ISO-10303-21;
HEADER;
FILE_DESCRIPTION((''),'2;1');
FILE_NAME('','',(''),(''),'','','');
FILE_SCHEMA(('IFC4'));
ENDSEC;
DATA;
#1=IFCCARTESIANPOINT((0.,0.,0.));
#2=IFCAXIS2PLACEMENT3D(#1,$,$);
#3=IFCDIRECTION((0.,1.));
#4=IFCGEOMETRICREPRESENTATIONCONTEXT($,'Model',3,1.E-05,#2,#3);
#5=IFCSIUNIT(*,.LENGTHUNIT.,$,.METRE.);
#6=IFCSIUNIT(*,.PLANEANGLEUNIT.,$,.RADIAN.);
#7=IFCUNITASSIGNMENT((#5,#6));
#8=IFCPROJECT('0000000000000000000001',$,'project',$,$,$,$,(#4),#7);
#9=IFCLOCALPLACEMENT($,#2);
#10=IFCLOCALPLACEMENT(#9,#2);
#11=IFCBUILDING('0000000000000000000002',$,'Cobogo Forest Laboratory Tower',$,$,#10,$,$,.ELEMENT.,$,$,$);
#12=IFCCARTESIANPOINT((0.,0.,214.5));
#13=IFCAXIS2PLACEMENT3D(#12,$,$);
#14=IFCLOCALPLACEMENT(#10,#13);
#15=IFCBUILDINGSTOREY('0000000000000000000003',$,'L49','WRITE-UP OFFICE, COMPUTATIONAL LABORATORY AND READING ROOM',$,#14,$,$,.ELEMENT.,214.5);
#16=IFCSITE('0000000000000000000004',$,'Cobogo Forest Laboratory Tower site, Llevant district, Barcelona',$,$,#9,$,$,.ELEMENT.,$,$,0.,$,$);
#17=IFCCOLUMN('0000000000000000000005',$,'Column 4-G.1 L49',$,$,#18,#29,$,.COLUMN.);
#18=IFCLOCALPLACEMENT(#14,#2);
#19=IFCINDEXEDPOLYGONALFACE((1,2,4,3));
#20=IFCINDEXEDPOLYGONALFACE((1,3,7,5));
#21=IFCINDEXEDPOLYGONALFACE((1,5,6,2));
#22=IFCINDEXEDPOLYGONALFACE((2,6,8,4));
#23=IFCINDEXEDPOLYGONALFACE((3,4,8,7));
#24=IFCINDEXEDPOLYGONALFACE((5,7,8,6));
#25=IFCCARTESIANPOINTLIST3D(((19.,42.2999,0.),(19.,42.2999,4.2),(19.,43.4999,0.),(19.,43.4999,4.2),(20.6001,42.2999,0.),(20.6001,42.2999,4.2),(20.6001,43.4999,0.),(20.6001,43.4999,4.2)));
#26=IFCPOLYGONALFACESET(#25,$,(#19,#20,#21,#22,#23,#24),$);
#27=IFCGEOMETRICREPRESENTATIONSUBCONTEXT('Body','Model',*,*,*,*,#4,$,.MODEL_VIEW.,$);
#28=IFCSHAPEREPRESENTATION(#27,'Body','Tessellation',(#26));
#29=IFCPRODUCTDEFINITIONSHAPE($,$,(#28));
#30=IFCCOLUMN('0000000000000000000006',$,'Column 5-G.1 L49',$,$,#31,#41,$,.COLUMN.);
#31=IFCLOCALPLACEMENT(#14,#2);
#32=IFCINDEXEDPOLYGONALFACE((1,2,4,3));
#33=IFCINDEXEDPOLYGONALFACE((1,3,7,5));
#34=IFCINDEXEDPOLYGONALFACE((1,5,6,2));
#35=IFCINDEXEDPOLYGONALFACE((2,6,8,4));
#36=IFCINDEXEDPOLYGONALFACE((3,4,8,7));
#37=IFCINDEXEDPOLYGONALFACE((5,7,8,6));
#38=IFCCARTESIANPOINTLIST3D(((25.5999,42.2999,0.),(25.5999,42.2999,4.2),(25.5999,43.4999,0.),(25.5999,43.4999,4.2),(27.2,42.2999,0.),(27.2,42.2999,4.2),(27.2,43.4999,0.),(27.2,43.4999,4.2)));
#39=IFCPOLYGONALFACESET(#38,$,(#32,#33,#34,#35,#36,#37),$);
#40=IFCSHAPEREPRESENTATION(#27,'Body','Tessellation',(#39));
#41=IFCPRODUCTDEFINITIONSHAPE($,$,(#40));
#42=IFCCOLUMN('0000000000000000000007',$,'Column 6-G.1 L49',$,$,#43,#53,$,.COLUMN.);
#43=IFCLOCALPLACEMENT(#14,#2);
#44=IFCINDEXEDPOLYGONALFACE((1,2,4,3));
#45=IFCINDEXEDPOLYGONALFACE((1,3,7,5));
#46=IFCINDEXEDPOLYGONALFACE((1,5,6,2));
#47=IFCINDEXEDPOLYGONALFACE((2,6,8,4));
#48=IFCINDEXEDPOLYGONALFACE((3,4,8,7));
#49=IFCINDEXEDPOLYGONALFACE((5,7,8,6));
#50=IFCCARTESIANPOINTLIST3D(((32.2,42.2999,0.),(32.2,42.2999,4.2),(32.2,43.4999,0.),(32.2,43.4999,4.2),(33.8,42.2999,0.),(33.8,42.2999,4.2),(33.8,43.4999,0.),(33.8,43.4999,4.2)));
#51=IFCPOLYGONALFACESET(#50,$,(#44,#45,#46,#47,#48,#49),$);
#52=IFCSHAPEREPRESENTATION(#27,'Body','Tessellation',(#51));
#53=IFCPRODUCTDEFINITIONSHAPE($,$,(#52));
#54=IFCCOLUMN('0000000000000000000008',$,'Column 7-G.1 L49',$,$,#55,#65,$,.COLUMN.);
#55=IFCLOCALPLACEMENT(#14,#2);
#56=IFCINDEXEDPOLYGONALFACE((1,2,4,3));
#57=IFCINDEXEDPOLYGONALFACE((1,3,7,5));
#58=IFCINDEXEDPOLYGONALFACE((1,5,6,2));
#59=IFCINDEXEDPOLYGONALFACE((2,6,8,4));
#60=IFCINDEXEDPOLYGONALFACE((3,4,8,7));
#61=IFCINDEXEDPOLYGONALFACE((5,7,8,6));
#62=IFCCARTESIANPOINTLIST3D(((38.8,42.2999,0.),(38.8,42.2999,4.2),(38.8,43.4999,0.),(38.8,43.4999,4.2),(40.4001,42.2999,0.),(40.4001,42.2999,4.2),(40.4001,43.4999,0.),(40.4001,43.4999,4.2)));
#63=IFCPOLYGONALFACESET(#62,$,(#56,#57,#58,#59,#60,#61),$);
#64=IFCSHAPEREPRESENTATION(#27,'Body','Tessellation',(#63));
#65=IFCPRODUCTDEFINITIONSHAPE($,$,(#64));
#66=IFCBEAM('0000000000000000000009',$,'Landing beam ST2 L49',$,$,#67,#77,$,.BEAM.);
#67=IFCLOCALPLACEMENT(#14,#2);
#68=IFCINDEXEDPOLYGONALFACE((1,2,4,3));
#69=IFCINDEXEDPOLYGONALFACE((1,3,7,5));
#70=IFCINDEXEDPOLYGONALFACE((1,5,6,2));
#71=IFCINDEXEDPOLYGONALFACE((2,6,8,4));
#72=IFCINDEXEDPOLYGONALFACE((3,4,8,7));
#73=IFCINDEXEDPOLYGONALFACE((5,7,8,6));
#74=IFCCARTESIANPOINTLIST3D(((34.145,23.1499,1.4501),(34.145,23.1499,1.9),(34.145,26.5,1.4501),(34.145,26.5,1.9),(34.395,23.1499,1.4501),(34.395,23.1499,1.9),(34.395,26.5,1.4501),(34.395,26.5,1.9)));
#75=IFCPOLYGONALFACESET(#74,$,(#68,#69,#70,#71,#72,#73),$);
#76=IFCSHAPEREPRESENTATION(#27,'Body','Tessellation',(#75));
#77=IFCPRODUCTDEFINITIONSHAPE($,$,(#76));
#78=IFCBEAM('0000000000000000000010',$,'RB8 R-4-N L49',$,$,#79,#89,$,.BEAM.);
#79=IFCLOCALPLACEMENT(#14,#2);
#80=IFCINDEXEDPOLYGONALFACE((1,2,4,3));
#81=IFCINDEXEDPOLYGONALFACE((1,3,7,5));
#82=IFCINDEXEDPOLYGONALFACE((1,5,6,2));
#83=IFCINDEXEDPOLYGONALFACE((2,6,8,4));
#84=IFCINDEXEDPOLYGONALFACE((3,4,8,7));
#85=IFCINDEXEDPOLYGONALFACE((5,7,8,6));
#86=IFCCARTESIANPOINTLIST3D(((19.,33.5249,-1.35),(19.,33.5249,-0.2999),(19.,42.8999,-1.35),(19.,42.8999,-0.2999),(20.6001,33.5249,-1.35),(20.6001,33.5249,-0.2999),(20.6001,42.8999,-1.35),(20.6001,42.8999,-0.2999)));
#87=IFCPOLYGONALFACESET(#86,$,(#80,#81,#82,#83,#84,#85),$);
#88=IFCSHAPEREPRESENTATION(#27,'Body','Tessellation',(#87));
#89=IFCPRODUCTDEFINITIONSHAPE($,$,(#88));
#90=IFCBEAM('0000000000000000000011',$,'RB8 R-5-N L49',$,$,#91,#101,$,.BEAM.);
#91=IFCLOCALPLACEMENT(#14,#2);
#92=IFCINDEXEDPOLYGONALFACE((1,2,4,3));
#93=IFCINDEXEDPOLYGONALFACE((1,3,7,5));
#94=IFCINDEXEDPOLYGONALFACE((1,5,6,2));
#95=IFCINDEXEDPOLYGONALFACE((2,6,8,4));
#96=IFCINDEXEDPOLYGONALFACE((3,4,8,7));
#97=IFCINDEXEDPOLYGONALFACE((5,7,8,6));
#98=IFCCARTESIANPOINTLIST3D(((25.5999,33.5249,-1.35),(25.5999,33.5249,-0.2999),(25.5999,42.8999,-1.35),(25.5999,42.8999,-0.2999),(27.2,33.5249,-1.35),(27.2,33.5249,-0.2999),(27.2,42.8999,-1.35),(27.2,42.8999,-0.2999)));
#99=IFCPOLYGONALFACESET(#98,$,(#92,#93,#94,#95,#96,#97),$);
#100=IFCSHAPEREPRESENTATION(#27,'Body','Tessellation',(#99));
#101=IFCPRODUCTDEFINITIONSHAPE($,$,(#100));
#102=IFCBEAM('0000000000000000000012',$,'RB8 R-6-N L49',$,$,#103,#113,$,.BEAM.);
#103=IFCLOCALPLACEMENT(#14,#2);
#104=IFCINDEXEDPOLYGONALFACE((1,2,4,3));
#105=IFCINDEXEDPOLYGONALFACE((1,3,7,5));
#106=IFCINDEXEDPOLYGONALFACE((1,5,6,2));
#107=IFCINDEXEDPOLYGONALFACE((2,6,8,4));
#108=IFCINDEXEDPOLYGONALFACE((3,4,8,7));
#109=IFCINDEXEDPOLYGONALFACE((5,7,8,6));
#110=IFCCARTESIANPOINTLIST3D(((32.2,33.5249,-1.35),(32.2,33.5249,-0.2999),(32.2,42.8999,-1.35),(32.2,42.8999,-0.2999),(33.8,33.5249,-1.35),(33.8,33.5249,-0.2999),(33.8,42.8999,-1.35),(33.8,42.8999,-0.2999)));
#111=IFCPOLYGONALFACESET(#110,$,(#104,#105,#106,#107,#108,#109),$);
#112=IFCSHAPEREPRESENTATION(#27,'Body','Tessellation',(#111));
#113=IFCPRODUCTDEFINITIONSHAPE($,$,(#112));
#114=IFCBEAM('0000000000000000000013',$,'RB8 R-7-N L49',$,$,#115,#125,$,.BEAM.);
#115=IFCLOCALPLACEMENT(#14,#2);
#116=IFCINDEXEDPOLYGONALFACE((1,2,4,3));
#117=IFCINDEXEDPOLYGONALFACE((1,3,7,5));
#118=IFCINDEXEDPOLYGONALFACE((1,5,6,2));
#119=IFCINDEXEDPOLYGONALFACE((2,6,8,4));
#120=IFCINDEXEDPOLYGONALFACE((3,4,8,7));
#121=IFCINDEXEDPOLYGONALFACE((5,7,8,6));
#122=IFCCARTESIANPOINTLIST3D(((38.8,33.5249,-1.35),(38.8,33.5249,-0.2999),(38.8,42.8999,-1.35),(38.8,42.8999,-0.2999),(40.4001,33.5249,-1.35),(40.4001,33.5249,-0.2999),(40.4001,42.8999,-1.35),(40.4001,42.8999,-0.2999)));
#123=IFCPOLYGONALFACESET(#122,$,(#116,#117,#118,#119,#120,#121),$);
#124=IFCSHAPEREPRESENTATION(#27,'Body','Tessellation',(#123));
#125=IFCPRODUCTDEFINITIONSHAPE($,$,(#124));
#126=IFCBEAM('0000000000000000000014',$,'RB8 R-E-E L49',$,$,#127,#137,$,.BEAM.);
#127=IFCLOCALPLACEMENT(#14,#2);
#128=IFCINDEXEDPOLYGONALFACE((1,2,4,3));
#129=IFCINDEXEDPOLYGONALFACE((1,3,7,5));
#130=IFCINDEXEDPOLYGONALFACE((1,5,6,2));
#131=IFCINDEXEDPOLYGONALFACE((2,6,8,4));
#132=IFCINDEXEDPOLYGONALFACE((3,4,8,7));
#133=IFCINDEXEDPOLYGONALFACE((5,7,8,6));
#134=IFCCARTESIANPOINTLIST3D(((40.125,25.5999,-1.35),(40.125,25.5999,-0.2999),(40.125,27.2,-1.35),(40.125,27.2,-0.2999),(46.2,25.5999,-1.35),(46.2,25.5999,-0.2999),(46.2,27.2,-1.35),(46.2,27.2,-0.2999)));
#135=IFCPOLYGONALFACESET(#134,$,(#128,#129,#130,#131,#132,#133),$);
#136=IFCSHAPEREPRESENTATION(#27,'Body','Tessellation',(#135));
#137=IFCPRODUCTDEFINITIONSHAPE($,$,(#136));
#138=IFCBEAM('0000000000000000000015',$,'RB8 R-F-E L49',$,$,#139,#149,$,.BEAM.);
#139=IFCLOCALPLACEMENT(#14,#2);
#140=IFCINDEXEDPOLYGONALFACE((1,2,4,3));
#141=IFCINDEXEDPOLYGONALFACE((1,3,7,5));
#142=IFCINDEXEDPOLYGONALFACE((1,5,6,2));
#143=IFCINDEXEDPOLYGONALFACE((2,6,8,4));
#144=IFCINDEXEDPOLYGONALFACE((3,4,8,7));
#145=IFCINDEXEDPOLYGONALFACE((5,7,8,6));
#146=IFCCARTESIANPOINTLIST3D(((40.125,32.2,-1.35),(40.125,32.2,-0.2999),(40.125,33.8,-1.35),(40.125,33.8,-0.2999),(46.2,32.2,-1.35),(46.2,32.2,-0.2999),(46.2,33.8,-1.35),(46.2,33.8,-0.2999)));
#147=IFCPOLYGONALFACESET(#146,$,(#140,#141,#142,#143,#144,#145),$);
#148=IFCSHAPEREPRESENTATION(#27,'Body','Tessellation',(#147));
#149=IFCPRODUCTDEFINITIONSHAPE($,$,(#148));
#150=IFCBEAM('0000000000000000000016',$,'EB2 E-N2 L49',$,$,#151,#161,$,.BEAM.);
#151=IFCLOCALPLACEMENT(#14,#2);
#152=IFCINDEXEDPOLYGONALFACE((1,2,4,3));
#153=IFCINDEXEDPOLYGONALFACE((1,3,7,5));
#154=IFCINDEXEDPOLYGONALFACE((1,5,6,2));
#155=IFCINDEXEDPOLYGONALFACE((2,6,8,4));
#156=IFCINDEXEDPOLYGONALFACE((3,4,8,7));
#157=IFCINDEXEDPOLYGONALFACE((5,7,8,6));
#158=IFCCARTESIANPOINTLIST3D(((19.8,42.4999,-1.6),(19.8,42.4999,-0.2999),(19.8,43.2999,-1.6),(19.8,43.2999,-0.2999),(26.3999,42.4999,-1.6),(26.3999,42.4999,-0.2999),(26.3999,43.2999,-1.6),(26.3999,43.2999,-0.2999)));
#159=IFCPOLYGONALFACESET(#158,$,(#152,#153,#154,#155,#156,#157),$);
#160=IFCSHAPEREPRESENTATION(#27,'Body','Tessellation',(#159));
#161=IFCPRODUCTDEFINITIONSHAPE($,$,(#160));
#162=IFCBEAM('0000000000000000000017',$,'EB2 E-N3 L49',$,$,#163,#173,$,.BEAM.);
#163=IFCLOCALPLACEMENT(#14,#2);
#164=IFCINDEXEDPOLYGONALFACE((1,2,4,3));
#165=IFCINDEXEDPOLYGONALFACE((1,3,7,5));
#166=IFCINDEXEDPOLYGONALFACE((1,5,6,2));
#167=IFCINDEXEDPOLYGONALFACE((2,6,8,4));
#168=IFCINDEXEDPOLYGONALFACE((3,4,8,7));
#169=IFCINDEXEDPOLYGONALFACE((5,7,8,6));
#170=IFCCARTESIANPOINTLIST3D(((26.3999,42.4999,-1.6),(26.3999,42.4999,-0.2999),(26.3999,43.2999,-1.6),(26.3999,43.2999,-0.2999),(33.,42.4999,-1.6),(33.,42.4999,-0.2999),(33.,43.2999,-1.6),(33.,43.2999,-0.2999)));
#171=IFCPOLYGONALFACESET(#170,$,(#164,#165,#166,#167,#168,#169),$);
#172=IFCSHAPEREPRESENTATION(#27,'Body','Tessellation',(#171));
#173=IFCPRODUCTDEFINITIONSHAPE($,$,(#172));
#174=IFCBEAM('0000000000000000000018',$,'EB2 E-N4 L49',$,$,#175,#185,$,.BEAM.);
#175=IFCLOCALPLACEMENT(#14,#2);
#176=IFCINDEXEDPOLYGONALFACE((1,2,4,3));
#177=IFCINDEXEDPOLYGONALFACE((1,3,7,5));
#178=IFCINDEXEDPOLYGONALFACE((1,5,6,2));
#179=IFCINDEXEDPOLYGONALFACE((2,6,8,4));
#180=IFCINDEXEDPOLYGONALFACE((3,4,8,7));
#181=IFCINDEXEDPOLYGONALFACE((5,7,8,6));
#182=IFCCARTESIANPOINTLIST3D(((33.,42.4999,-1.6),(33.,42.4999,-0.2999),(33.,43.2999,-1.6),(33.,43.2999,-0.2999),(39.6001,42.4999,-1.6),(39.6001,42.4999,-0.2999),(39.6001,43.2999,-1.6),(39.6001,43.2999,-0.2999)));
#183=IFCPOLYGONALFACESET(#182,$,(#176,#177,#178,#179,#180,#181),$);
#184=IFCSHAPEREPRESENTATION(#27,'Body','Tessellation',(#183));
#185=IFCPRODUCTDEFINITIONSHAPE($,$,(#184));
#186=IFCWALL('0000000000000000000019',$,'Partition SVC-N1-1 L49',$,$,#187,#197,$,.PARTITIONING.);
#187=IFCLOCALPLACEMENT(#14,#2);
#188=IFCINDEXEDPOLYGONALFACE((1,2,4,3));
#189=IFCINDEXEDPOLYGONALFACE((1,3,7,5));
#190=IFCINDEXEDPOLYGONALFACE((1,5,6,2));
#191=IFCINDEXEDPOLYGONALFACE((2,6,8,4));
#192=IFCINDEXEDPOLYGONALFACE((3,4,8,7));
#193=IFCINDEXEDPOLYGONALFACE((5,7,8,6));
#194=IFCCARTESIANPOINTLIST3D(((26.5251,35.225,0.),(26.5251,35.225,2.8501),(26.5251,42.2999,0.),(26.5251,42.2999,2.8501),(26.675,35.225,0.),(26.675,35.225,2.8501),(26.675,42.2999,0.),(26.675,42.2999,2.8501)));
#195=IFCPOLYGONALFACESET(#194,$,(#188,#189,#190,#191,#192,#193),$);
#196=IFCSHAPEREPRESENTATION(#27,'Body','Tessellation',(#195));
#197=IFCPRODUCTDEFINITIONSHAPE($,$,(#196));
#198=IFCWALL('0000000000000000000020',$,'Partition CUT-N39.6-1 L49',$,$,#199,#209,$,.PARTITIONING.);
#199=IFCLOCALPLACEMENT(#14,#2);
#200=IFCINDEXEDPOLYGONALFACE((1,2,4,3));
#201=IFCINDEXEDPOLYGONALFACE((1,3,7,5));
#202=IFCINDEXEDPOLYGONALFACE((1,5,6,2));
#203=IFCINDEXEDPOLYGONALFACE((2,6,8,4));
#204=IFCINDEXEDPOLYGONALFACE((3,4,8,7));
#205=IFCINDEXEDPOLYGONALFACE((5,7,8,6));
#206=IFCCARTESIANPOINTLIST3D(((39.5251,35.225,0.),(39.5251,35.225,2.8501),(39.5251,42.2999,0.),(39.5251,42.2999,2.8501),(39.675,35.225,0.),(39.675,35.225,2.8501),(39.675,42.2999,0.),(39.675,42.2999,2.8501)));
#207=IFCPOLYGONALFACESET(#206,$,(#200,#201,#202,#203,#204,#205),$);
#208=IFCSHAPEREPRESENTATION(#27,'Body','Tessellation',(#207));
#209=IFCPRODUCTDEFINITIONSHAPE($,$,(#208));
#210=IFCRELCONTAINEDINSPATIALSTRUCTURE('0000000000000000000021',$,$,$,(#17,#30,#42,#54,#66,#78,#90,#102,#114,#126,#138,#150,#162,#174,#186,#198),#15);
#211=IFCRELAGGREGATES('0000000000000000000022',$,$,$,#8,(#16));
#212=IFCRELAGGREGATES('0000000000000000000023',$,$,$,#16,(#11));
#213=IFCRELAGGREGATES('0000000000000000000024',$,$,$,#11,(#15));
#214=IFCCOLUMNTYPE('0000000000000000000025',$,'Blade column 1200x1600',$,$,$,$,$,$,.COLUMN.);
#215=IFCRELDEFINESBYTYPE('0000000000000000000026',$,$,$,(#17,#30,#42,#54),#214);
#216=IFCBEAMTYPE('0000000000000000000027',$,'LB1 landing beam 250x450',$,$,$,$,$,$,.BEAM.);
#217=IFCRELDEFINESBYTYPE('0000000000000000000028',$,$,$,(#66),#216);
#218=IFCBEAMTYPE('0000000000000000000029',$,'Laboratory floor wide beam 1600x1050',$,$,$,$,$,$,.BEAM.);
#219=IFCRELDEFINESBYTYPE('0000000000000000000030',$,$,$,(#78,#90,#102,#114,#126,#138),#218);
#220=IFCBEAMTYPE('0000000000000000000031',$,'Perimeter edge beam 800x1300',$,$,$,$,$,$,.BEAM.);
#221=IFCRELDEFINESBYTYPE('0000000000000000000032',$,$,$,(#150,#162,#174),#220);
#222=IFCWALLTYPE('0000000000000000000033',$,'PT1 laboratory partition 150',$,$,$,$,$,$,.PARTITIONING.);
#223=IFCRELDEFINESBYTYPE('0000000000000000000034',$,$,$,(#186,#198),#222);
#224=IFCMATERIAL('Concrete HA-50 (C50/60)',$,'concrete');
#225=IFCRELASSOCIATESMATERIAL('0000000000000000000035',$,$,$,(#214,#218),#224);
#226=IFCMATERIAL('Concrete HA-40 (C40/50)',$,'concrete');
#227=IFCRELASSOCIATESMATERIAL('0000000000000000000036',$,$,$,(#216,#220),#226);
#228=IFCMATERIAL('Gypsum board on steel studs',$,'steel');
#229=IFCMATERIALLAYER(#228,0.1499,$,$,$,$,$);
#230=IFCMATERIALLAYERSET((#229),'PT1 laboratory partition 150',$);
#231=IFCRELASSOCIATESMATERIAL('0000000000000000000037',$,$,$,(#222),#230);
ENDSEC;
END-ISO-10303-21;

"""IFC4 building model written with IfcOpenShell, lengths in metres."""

from ifc_helpers import new_model, si_unit, direction, frame, frame_2d, origin, origin_2d, place, context, subcontext, project, spatial, rectangle, extrude, material, layer, layer_set, material_profile, profile_set, type_object, element, save


model = new_model("IFC4")

# Units and contexts
model_context = context("Model", 3, precision=1e-05, world=origin(), true_north=direction((0.0, 1.0)))
body_context = subcontext(model_context, "Body", "Model", "MODEL_VIEW")
ifc_project = project(units=[si_unit("LENGTHUNIT", "METRE"), si_unit("PLANEANGLEUNIT", "RADIAN")], contexts=[model_context])

# Site, building, storey
site_placement = place(None, origin())
site = spatial("IfcSite", under=ifc_project, at=site_placement, Name="Cobogo Forest Laboratory Tower site, Llevant district, Barcelona", CompositionType="ELEMENT", RefElevation=0.0)
building_placement = place(site_placement, origin())
building = spatial("IfcBuilding", under=site, at=building_placement, Name="Cobogo Forest Laboratory Tower", CompositionType="ELEMENT")
storey_placement = place(building_placement, frame((0.0, 0.0, 214.5)))
storey = spatial("IfcBuildingStorey", under=building, at=storey_placement, Name="L49", Description="WRITE-UP OFFICE, COMPUTATIONAL LABORATORY AND READING ROOM", CompositionType="ELEMENT", Elevation=214.5)

# Columns
ifc_material_1 = material(Name="Concrete HA-50 (C50/60)", Category="concrete")
ifc_material_profile_1 = material_profile(ifc_material_1, rectangle(XDim=1.6001, YDim=1.2, at=origin_2d()), Name="RC 1200x1600")
ifc_profile_set_1 = profile_set([ifc_material_profile_1], Name="Concrete HA-50 (C50/60)")
column_type = type_object("IfcColumnType", Name="Blade column 1200x1600", PredefinedType="COLUMN", material=ifc_profile_set_1)
for number, where, z_axis, x_axis, name in (
    (1, (19.8, 42.8999, 0.0), (0.0, 0.0, 1.0), (1.0, 0.0, 0.0), "Column 4-G.1 L49"),
    (2, (26.3999, 42.8999, 0.0), (0.0, 0.0, 1.0), (1.0, 0.0, 0.0), "Column 5-G.1 L49"),
    (3, (33.0, 42.8999, 0.0), (0.0, 0.0, 1.0), (1.0, 0.0, 0.0), "Column 6-G.1 L49"),
    (4, (39.6001, 42.8999, 0.0), (0.0, 0.0, 1.0), (1.0, 0.0, 0.0), "Column 7-G.1 L49"),
):
    element("IfcColumn", number, at=place(storey_placement, frame(where, z_axis=z_axis, x_axis=x_axis)), inside=storey, type_object=column_type, Name=name, PredefinedType="COLUMN", context=body_context, shape_type="SweptSolid", body=[
        extrude(rectangle(XDim=1.6001, YDim=1.2, at=origin_2d()), origin(), (0.0, 0.0, 1.0), 4.2),
    ])

# Beams
ifc_material_2 = material(Name="Concrete HA-40 (C40/50)", Category="concrete")
ifc_material_profile_2 = material_profile(ifc_material_2, rectangle(XDim=0.25, YDim=0.45, at=origin_2d()), Name="RC 250x450")
ifc_profile_set_2 = profile_set([ifc_material_profile_2], Name="Concrete HA-40 (C40/50)")
beam_type_1 = type_object("IfcBeamType", Name="LB1 landing beam 250x450", PredefinedType="BEAM", material=ifc_profile_set_2)
beam_1_placement = place(storey_placement, frame((34.27, 23.1499, 1.675), z_axis=(0.0, 1.0, 0.0), x_axis=(-1.0, 0.0, 0.0)))
element("IfcBeam", 5, at=beam_1_placement, inside=storey, type_object=beam_type_1, Name="Landing beam ST2 L49", PredefinedType="BEAM", context=body_context, shape_type="SweptSolid", body=[
    extrude(rectangle(XDim=0.25, YDim=0.45, at=origin_2d()), origin(), (0.0, 0.0, 1.0), 3.3501),
])
ifc_material_profile_3 = material_profile(ifc_material_1, rectangle(XDim=1.6001, YDim=1.05, at=origin_2d()), Name="RC 1600x1050")
ifc_profile_set_3 = profile_set([ifc_material_profile_3], Name="Concrete HA-50 (C50/60)")
beam_type_2 = type_object("IfcBeamType", Name="Laboratory floor wide beam 1600x1050", PredefinedType="BEAM", material=ifc_profile_set_3)
for number, where, z_axis, x_axis, name in (
    (6, (19.8, 33.5249, -0.825), (0.0, 1.0, 0.0), (-1.0, 0.0, 0.0), "RB8 R-4-N L49"),
    (7, (26.3999, 33.5249, -0.825), (0.0, 1.0, 0.0), (-1.0, 0.0, 0.0), "RB8 R-5-N L49"),
    (8, (33.0, 33.5249, -0.825), (0.0, 1.0, 0.0), (-1.0, 0.0, 0.0), "RB8 R-6-N L49"),
    (9, (39.6001, 33.5249, -0.825), (0.0, 1.0, 0.0), (-1.0, 0.0, 0.0), "RB8 R-7-N L49"),
):
    element("IfcBeam", number, at=place(storey_placement, frame(where, z_axis=z_axis, x_axis=x_axis)), inside=storey, type_object=beam_type_2, Name=name, PredefinedType="BEAM", context=body_context, shape_type="SweptSolid", body=[
        extrude(rectangle(XDim=1.6001, YDim=1.05, at=origin_2d()), origin(), (0.0, 0.0, 1.0), 9.375),
    ])
for number, where, z_axis, x_axis, name in (
    (10, (40.125, 26.3999, -0.825), (1.0, 0.0, 0.0), (0.0, 1.0, 0.0), "RB8 R-E-E L49"),
    (11, (40.125, 33.0, -0.825), (1.0, 0.0, 0.0), (0.0, 1.0, 0.0), "RB8 R-F-E L49"),
):
    element("IfcBeam", number, at=place(storey_placement, frame(where, z_axis=z_axis, x_axis=x_axis)), inside=storey, type_object=beam_type_2, Name=name, PredefinedType="BEAM", context=body_context, shape_type="SweptSolid", body=[
        extrude(rectangle(XDim=1.6001, YDim=1.05, at=origin_2d()), origin(), (0.0, 0.0, 1.0), 6.075),
    ])
ifc_material_profile_4 = material_profile(ifc_material_2, rectangle(XDim=0.8, YDim=1.3, at=origin_2d()), Name="RC 800x1300")
ifc_profile_set_4 = profile_set([ifc_material_profile_4], Name="Concrete HA-40 (C40/50)")
beam_type_3 = type_object("IfcBeamType", Name="Perimeter edge beam 800x1300", PredefinedType="BEAM", material=ifc_profile_set_4)
beam_2_placement = place(storey_placement, frame((19.8, 42.8999, -0.95), z_axis=(1.0, 0.0, 0.0), x_axis=(0.0, 1.0, 0.0)))
element("IfcBeam", 12, at=beam_2_placement, inside=storey, type_object=beam_type_3, Name="EB2 E-N2 L49", PredefinedType="BEAM", context=body_context, shape_type="SweptSolid", body=[
    extrude(rectangle(XDim=0.8, YDim=1.3, at=origin_2d()), origin(), (0.0, 0.0, 1.0), 6.5999),
])
for number, where, z_axis, x_axis, name in (
    (13, (26.3999, 42.8999, -0.95), (1.0, 0.0, 0.0), (0.0, 1.0, 0.0), "EB2 E-N3 L49"),
    (14, (33.0, 42.8999, -0.95), (1.0, 0.0, 0.0), (0.0, 1.0, 0.0), "EB2 E-N4 L49"),
):
    element("IfcBeam", number, at=place(storey_placement, frame(where, z_axis=z_axis, x_axis=x_axis)), inside=storey, type_object=beam_type_3, Name=name, PredefinedType="BEAM", context=body_context, shape_type="SweptSolid", body=[
        extrude(rectangle(XDim=0.8, YDim=1.3, at=origin_2d()), origin(), (0.0, 0.0, 1.0), 6.6001),
    ])

# Walls
ifc_material_3 = material(Name="Gypsum board on steel studs", Category="steel")
ifc_layer_1 = layer(ifc_material_3, 0.1499)
ifc_layer_set_1 = layer_set([ifc_layer_1], Name="PT1 laboratory partition 150")
wall_type_1 = type_object("IfcWallType", Name="PT1 laboratory partition 150", PredefinedType="PARTITIONING", material=ifc_layer_set_1)
for number, where, z_axis, x_axis, name in (
    (15, (26.6001, 42.3, 0.0), (0.0, 0.0, 1.0), (0.0, -1.0, 0.0), "Partition SVC-N1-1 L49"),
    (16, (39.6001, 42.3, 0.0), (0.0, 0.0, 1.0), (0.0, -1.0, 0.0), "Partition CUT-N39.6-1 L49"),
):
    element("IfcWall", number, at=place(storey_placement, frame(where, z_axis=z_axis, x_axis=x_axis)), inside=storey, type_object=wall_type_1, Name=name, PredefinedType="PARTITIONING", context=body_context, shape_type="SweptSolid", body=[
        extrude(rectangle(XDim=7.075, YDim=0.1499, at=frame_2d((3.5376, 0.0))), origin(), (0.0, 0.0, 1.0), 2.8501),
    ])

save(model, "model.ifc")
